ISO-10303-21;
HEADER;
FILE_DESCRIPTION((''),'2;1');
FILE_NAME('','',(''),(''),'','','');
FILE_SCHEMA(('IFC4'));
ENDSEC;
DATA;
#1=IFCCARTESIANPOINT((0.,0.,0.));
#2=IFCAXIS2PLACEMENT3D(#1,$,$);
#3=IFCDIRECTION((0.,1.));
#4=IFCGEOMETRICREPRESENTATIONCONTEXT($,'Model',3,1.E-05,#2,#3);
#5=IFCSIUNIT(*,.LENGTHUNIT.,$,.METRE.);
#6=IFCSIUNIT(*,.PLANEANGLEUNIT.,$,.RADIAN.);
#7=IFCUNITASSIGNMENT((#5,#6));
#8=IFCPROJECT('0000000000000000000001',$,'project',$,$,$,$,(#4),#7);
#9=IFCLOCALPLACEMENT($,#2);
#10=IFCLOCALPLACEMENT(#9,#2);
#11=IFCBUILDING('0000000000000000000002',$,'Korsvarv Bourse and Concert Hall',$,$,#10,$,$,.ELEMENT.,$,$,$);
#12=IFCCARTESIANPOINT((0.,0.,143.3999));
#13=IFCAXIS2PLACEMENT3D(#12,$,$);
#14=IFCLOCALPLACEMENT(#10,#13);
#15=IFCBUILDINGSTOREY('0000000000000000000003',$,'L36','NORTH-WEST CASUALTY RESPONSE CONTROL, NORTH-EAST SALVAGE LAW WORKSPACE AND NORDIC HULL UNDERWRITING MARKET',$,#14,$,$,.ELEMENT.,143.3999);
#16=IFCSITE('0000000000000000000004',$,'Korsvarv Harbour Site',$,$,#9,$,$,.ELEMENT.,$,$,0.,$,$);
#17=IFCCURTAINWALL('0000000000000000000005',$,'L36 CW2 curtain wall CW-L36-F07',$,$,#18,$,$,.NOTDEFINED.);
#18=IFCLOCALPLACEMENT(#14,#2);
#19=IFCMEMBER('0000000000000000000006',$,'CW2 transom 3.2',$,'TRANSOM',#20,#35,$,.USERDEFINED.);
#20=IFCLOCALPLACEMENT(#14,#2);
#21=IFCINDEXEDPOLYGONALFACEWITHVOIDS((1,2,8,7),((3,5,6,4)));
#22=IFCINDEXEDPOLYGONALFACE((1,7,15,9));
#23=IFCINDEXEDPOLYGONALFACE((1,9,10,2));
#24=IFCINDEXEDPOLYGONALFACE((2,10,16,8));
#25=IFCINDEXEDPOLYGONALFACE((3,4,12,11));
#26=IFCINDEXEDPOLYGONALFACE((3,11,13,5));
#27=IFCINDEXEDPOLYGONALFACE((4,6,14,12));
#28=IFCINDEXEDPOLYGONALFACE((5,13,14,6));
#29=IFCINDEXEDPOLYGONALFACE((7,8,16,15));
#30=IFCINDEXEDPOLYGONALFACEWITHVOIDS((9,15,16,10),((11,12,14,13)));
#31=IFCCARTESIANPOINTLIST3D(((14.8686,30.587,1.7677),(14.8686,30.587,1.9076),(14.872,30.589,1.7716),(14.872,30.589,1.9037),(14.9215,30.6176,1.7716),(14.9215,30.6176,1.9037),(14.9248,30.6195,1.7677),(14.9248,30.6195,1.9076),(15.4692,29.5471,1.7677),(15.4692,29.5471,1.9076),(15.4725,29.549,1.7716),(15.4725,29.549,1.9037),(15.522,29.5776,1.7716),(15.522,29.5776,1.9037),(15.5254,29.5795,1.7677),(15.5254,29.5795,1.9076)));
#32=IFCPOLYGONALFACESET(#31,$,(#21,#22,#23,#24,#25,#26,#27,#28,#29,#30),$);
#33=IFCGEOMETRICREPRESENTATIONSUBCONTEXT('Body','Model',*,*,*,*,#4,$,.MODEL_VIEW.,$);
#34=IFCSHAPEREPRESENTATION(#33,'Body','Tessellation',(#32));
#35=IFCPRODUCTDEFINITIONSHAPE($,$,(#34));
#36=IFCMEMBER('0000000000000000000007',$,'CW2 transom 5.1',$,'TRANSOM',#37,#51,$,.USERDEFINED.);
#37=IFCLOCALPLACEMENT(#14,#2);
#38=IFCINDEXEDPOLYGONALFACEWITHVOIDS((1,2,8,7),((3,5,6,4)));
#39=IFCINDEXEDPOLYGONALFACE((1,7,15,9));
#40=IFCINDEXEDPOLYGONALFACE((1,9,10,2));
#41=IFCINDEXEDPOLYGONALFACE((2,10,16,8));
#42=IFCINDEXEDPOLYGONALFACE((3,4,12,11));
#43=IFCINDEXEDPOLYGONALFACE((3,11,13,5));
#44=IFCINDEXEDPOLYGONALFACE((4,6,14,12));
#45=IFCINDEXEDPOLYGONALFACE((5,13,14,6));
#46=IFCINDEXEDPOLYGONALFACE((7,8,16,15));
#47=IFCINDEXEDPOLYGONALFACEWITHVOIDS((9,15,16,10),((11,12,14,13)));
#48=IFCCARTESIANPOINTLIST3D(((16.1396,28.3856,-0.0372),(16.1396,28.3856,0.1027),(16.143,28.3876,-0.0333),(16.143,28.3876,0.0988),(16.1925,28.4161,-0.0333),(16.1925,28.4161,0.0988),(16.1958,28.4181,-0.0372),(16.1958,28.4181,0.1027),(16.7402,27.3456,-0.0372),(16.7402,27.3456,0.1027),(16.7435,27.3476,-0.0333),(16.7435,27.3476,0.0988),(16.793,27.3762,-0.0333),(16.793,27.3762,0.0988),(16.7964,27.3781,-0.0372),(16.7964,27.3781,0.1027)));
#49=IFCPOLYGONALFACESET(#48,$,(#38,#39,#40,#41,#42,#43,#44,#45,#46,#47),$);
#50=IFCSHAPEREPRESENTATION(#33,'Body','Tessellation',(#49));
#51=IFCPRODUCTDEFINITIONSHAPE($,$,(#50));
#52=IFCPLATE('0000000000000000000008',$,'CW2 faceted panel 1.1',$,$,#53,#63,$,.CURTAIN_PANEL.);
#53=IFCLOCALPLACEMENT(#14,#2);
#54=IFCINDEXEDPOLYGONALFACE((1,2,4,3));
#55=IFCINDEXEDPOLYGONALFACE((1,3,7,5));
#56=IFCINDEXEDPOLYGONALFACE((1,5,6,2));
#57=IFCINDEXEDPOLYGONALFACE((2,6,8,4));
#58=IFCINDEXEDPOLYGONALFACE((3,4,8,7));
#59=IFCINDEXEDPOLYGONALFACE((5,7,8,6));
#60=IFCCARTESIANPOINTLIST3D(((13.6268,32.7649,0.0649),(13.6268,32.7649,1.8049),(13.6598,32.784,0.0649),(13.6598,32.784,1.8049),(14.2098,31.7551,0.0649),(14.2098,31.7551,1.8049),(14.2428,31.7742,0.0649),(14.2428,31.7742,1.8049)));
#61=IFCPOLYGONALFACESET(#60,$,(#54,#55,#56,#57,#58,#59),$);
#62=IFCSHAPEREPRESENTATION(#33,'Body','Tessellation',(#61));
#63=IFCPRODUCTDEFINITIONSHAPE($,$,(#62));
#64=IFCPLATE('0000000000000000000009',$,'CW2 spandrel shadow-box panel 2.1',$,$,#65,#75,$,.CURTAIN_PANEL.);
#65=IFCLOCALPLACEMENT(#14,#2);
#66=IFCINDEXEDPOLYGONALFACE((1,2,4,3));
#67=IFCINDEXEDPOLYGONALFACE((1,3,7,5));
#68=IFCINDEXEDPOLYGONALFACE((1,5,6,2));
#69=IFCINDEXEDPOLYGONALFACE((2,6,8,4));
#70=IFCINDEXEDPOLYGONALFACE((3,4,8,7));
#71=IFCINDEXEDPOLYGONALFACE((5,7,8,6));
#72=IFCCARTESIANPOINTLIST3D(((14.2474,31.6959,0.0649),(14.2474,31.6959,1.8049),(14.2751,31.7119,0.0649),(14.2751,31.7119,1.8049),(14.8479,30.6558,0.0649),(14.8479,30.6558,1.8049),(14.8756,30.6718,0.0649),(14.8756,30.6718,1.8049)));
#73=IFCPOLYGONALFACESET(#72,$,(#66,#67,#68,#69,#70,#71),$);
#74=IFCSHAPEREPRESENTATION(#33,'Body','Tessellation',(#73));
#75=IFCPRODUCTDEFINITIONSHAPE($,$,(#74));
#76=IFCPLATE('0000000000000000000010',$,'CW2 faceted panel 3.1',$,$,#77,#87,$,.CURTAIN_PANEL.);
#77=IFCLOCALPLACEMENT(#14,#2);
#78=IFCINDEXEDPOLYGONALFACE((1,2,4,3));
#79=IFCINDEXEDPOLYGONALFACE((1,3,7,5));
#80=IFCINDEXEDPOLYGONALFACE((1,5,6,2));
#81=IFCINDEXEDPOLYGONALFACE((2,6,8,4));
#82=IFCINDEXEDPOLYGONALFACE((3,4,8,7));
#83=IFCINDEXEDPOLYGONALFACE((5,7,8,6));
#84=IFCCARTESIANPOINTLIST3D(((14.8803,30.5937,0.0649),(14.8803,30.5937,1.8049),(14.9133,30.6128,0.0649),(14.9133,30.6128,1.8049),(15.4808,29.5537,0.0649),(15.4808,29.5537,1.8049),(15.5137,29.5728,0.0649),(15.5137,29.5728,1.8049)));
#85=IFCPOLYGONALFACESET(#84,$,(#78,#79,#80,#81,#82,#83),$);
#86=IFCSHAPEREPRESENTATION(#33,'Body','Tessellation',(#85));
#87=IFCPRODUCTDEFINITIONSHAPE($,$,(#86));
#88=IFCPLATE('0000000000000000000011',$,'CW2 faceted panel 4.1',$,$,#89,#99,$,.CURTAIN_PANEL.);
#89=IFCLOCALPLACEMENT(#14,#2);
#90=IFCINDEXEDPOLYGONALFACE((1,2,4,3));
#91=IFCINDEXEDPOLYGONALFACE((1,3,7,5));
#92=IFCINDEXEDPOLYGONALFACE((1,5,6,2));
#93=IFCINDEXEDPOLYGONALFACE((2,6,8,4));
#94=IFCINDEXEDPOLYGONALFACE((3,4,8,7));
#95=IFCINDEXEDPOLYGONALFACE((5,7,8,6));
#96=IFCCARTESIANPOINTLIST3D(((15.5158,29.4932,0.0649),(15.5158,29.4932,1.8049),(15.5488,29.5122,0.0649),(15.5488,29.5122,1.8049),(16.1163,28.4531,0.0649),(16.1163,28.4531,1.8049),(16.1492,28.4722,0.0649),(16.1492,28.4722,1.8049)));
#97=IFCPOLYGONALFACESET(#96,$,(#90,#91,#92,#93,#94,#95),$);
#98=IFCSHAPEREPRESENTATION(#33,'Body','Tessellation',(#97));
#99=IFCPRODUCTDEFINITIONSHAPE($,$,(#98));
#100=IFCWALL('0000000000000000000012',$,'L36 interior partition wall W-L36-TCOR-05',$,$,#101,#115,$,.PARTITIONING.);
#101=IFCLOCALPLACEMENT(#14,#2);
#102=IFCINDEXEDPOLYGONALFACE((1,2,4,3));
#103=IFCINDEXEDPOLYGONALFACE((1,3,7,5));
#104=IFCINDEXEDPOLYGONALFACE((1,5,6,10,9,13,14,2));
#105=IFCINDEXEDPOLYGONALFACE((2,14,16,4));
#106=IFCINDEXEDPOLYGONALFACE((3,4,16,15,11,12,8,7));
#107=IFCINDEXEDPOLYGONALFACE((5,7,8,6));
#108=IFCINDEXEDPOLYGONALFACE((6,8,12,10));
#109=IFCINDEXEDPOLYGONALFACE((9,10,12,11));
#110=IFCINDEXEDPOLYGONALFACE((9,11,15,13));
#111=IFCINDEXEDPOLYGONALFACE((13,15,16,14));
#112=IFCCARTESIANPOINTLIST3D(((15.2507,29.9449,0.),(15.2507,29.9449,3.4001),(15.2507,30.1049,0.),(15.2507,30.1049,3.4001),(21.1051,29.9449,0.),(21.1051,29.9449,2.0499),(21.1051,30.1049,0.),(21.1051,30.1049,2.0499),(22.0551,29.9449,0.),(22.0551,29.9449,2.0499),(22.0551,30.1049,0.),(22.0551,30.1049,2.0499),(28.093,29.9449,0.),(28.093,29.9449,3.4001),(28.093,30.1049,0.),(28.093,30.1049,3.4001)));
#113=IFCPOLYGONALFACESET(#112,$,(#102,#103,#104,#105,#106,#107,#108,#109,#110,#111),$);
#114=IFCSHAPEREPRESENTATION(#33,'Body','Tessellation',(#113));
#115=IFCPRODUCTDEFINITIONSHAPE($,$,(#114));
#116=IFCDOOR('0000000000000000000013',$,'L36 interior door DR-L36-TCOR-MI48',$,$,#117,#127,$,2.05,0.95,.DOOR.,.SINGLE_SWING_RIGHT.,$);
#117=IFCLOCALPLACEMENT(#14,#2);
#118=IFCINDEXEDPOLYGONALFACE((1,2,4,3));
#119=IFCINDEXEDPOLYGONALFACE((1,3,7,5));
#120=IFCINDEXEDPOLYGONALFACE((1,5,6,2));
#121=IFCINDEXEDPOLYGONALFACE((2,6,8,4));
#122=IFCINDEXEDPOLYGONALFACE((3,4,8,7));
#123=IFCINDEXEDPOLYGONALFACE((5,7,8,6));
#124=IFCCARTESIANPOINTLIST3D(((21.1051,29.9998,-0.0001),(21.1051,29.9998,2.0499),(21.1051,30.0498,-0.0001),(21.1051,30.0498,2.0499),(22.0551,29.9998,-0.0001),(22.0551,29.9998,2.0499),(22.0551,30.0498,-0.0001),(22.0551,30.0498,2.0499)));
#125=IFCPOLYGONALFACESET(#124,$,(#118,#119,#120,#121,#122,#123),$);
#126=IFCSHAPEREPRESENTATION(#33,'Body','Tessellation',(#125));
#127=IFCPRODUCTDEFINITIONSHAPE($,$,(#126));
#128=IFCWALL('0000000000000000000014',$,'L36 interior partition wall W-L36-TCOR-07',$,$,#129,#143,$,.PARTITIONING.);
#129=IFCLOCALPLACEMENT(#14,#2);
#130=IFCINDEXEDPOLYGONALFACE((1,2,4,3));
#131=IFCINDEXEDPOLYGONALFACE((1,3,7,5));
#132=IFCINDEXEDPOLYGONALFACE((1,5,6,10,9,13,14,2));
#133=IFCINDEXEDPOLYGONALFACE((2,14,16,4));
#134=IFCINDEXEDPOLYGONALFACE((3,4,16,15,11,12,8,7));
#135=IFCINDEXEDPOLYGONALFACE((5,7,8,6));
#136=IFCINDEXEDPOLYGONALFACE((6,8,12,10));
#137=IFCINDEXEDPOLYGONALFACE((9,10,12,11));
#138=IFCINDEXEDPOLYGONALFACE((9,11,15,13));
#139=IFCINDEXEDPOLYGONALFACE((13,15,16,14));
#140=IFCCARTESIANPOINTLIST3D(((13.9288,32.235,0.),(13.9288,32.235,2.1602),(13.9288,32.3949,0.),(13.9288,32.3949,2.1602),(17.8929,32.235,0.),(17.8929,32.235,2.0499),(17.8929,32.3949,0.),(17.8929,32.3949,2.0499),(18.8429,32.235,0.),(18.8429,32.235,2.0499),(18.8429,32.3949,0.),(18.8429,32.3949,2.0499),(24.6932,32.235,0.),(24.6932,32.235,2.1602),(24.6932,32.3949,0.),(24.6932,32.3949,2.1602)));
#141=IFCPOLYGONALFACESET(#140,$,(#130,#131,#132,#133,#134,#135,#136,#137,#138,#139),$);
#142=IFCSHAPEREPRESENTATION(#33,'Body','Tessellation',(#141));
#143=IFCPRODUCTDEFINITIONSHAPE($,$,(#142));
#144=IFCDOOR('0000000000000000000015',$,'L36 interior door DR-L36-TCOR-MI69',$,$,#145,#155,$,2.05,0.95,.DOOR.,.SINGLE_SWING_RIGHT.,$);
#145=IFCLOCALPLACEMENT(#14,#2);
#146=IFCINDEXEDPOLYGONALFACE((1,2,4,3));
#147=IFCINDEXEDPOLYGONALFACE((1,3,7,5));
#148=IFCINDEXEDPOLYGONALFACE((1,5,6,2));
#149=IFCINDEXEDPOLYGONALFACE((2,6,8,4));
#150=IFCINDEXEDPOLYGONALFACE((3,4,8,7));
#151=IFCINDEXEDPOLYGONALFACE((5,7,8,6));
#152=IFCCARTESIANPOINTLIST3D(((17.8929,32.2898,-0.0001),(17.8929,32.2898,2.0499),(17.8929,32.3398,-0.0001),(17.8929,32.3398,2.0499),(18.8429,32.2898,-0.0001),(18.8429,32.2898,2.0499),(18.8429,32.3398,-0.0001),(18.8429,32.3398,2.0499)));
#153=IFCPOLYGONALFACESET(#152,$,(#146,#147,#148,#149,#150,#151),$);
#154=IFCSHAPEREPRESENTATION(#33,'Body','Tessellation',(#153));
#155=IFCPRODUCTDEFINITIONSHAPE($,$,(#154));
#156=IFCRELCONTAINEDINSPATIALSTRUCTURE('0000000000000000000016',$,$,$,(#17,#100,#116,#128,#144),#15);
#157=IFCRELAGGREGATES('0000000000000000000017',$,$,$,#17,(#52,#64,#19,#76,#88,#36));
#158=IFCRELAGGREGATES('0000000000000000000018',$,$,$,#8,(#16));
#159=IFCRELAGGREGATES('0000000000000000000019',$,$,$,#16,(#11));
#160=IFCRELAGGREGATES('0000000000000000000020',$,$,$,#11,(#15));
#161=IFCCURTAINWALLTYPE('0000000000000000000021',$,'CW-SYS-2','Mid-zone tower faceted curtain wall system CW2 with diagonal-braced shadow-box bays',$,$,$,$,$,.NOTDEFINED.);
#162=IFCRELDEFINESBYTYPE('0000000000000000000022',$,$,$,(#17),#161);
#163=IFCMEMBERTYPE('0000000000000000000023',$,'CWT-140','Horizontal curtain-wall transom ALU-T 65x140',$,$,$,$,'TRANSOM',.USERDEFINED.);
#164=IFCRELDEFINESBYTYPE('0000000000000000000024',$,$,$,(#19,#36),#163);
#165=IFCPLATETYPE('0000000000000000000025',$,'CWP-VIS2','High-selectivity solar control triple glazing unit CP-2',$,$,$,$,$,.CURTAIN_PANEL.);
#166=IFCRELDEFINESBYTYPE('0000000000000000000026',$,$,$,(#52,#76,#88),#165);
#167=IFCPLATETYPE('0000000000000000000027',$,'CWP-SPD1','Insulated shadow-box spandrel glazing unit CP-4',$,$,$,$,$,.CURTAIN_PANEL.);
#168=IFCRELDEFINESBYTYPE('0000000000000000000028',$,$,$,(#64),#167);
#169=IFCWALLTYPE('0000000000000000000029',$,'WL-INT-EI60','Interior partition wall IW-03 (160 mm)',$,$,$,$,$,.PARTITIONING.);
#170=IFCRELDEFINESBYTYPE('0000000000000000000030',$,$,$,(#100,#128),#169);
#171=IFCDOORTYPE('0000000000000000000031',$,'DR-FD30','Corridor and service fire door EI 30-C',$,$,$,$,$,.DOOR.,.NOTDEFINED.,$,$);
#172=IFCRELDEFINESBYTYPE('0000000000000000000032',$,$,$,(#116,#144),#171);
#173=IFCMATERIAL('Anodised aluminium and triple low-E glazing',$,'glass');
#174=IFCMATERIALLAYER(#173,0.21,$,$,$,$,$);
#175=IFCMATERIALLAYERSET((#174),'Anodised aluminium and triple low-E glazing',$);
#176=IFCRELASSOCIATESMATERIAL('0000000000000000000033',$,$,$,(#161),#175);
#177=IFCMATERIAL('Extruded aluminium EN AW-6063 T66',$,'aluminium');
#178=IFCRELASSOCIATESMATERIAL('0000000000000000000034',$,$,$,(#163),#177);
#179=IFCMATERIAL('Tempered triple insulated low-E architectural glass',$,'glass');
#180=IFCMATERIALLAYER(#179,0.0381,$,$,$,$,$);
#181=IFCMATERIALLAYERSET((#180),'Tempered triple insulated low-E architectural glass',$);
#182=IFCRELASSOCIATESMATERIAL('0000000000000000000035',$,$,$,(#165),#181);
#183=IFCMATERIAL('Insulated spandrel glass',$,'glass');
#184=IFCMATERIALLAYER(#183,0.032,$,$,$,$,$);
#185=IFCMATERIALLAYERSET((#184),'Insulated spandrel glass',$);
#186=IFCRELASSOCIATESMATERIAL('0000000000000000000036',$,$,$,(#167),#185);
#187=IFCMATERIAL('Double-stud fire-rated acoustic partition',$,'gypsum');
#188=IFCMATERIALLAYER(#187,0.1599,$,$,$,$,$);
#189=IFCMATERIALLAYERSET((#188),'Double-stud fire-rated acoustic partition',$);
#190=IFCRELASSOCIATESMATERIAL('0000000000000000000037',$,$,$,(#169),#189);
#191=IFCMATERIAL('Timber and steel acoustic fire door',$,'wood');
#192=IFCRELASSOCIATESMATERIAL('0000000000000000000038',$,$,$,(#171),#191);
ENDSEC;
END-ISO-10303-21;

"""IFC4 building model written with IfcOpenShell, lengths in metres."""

from ifc_helpers import new_model, si_unit, direction, frame, frame_2d, origin, origin_2d, place, context, subcontext, project, spatial, rectangle, hollow_rectangle, extrude, source, transform, mapped, material, layer, layer_set, material_profile, profile_set, type_object, element, fill, aggregate, save


model = new_model("IFC4")

# Units and contexts
model_context = context("Model", 3, precision=1e-05, world=origin(), true_north=direction((0.0, 1.0)))
body_context = subcontext(model_context, "Body", "Model", "MODEL_VIEW")
ifc_project = project(units=[si_unit("LENGTHUNIT", "METRE"), si_unit("PLANEANGLEUNIT", "RADIAN")], contexts=[model_context])

# Site, building, storey
site_placement = place(None, origin())
site = spatial("IfcSite", under=ifc_project, at=site_placement, Name="Korsvarv Harbour Site", CompositionType="ELEMENT", RefElevation=0.0)
building_placement = place(site_placement, origin())
building = spatial("IfcBuilding", under=site, at=building_placement, Name="Korsvarv Bourse and Concert Hall", CompositionType="ELEMENT")
storey_placement = place(building_placement, frame((0.0, 0.0, 143.3999)))
storey = spatial("IfcBuildingStorey", under=building, at=storey_placement, Name="L36", Description="NORTH-WEST CASUALTY RESPONSE CONTROL, NORTH-EAST SALVAGE LAW WORKSPACE AND NORDIC HULL UNDERWRITING MARKET", CompositionType="ELEMENT", Elevation=143.3999)

# Curtain wall, members, plates
ifc_material_1 = material(Name="Anodised aluminium and triple low-E glazing", Category="glass")
ifc_layer_1 = layer(ifc_material_1, 0.21)
ifc_layer_set_1 = layer_set([ifc_layer_1], Name="Anodised aluminium and triple low-E glazing")
curtain_wall_type = type_object("IfcCurtainWallType", Name="CW-SYS-2", Description="Mid-zone tower faceted curtain wall system CW2 with diagonal-braced shadow-box bays", PredefinedType="NOTDEFINED", material=ifc_layer_set_1)
curtain_wall_placement = place(storey_placement, origin())
curtain_wall = element("IfcCurtainWall", 1, at=curtain_wall_placement, inside=storey, type_object=curtain_wall_type, Name="L36 CW2 curtain wall CW-L36-F07", PredefinedType="NOTDEFINED")
ifc_material_2 = material(Name="Extruded aluminium EN AW-6063 T66", Category="aluminium")
ifc_material_profile_1 = material_profile(ifc_material_2, hollow_rectangle(XDim=0.0649, YDim=0.1399, WallThickness=0.0039, at=origin_2d()), Name="ALU-T 65x140")
ifc_profile_set_1 = profile_set([ifc_material_profile_1], Name="Extruded aluminium EN AW-6063 T66")
member_type_1 = type_object("IfcMemberType", Name="CWT-140", Description="Horizontal curtain-wall transom ALU-T 65x140", ElementType="TRANSOM", PredefinedType="USERDEFINED", material=ifc_profile_set_1)
shared_shape_1 = source(origin(), body_context, "Body", "SweptSolid", [
    extrude(hollow_rectangle(XDim=0.0649, YDim=0.1399, WallThickness=0.0039, at=origin_2d()), origin(), (0.0, 0.0, 1.0), 1.2009),
])
member_1_placement = place(storey_placement, frame((14.8967, 30.6033, 1.8376), z_axis=(0.500074, -0.865982, 0.0), x_axis=(0.865982, 0.500074, 0.0)))
member_1 = element("IfcMember", 2, at=member_1_placement, type_object=member_type_1, Name="CW2 transom 3.2", ObjectType="TRANSOM", PredefinedType="USERDEFINED", context=body_context, shape_type="MappedRepresentation", body=[
    mapped(shared_shape_1, transform((0.0, 0.0, 0.0), scale=1.0)),
])
member_2_placement = place(storey_placement, frame((16.1677, 28.4019, 0.0327), z_axis=(0.500074, -0.865982, 0.0), x_axis=(0.865982, 0.500074, 0.0)))
member_2 = element("IfcMember", 3, at=member_2_placement, type_object=member_type_1, Name="CW2 transom 5.1", ObjectType="TRANSOM", PredefinedType="USERDEFINED", context=body_context, shape_type="MappedRepresentation", body=[
    mapped(shared_shape_1, transform((0.0, 0.0, 0.0), scale=1.0)),
])
ifc_material_3 = material(Name="Tempered triple insulated low-E architectural glass", Category="glass")
ifc_layer_2 = layer(ifc_material_3, 0.0381)
ifc_layer_set_2 = layer_set([ifc_layer_2], Name="Tempered triple insulated low-E architectural glass")
plate_type_1 = type_object("IfcPlateType", Name="CWP-VIS2", Description="High-selectivity solar control triple glazing unit CP-2", PredefinedType="CURTAIN_PANEL", material=ifc_layer_set_2)
shared_shape_2 = source(origin(), body_context, "Body", "SweptSolid", [
    extrude(rectangle(XDim=1.166, YDim=0.0381, at=origin_2d()), origin(), (0.0, 0.0, 1.0), 1.74),
])
plate_1_placement = place(storey_placement, frame((13.9348, 32.2695, 0.0649), z_axis=(0.0, 0.0, 1.0), x_axis=(0.5, -0.866025, 0.0)))
plate_1 = element("IfcPlate", 4, at=plate_1_placement, type_object=plate_type_1, Name="CW2 faceted panel 1.1", PredefinedType="CURTAIN_PANEL", context=body_context, shape_type="MappedRepresentation", body=[
    mapped(shared_shape_2, transform((0.0, 0.0, 0.0), scale=1.0)),
])
ifc_material_4 = material(Name="Insulated spandrel glass", Category="glass")
ifc_layer_3 = layer(ifc_material_4, 0.032)
ifc_layer_set_3 = layer_set([ifc_layer_3], Name="Insulated spandrel glass")
plate_type_2 = type_object("IfcPlateType", Name="CWP-SPD1", Description="Insulated shadow-box spandrel glazing unit CP-4", PredefinedType="CURTAIN_PANEL", material=ifc_layer_set_3)
shared_shape_3 = source(origin(), body_context, "Body", "SweptSolid", [
    extrude(rectangle(XDim=1.2009, YDim=0.032, at=origin_2d()), origin(), (0.0, 0.0, 1.0), 1.74),
])
plate_2_placement = place(storey_placement, frame((14.5615, 31.1838, 0.0649), z_axis=(0.0, 0.0, 1.0), x_axis=(0.5, -0.866025, 0.0)))
plate_2 = element("IfcPlate", 5, at=plate_2_placement, type_object=plate_type_2, Name="CW2 spandrel shadow-box panel 2.1", PredefinedType="CURTAIN_PANEL", context=body_context, shape_type="MappedRepresentation", body=[
    mapped(shared_shape_3, transform((0.0, 0.0, 0.0), scale=1.0)),
])
shared_shape_4 = source(origin(), body_context, "Body", "SweptSolid", [
    extrude(rectangle(XDim=1.2009, YDim=0.0381, at=origin_2d()), origin(), (0.0, 0.0, 1.0), 1.74),
])
plate_3_placement = place(storey_placement, frame((15.197, 30.0833, 0.0649), z_axis=(0.0, 0.0, 1.0), x_axis=(0.5, -0.866025, 0.0)))
plate_3 = element("IfcPlate", 6, at=plate_3_placement, type_object=plate_type_1, Name="CW2 faceted panel 3.1", PredefinedType="CURTAIN_PANEL", context=body_context, shape_type="MappedRepresentation", body=[
    mapped(shared_shape_4, transform((0.0, 0.0, 0.0), scale=1.0)),
])
plate_4_placement = place(storey_placement, frame((15.8325, 28.9827, 0.0649), z_axis=(0.0, 0.0, 1.0), x_axis=(0.5, -0.866025, 0.0)))
plate_4 = element("IfcPlate", 7, at=plate_4_placement, type_object=plate_type_1, Name="CW2 faceted panel 4.1", PredefinedType="CURTAIN_PANEL", context=body_context, shape_type="MappedRepresentation", body=[
    mapped(shared_shape_4, transform((0.0, 0.0, 0.0), scale=1.0)),
])
aggregate(curtain_wall, [plate_1, plate_2, member_1, plate_3, plate_4, member_2])

# Walls, openings, doors
ifc_material_5 = material(Name="Double-stud fire-rated acoustic partition", Category="gypsum")
ifc_layer_4 = layer(ifc_material_5, 0.1599)
ifc_layer_set_4 = layer_set([ifc_layer_4], Name="Double-stud fire-rated acoustic partition")
wall_type = type_object("IfcWallType", Name="WL-INT-EI60", Description="Interior partition wall IW-03 (160 mm)", PredefinedType="PARTITIONING", material=ifc_layer_set_4)
wall_1_placement = place(storey_placement, frame((15.2507, 30.0249, 0.0), z_axis=(0.0, 0.0, 1.0), x_axis=(1.0, 0.0, 0.0)))
wall_1 = element("IfcWall", 8, at=wall_1_placement, inside=storey, type_object=wall_type, Name="L36 interior partition wall W-L36-TCOR-05", PredefinedType="PARTITIONING", context=body_context, shape_type="SweptSolid", body=[
    extrude(rectangle(XDim=12.8423, YDim=0.1599, at=frame_2d((6.4211, 0.0))), origin(), (0.0, 0.0, 1.0), 3.4001),
])
opening_1_placement = place(wall_1_placement, frame((5.8542, 0.0, 0.0)))
opening_1 = element("IfcOpeningElement", 9, at=opening_1_placement, cuts=wall_1, PredefinedType="OPENING", context=body_context, shape_type="SweptSolid", body=[
    extrude(rectangle(XDim=0.95, YDim=2.05, at=frame_2d((0.4751, 1.0249))), frame((0.0, 0.0898, 0.0), z_axis=(0.0, -1.0, 0.0), x_axis=(1.0, 0.0, 0.0)), (0.0, 0.0, 1.0), 0.1799),
])
ifc_material_6 = material(Name="Timber and steel acoustic fire door", Category="wood")
door_type = type_object("IfcDoorType", Name="DR-FD30", Description="Corridor and service fire door EI 30-C", OperationType="NOTDEFINED", PredefinedType="DOOR", material=ifc_material_6)
door_1_placement = place(opening_1_placement, origin())
door_1 = element("IfcDoor", 10, at=door_1_placement, inside=storey, type_object=door_type, Name="L36 interior door DR-L36-TCOR-MI48", OperationType="SINGLE_SWING_RIGHT", OverallHeight=2.05, OverallWidth=0.95, PredefinedType="DOOR", context=body_context, shape_type="SweptSolid", body=[
    extrude(rectangle(XDim=0.95, YDim=2.05, at=frame_2d((0.4751, 1.0249))), frame((0.0, 0.0249, 0.0), z_axis=(0.0, -1.0, 0.0), x_axis=(1.0, 0.0, 0.0)), (0.0, 0.0, 1.0), 0.05),
])
fill(opening_1, door_1)
wall_2_placement = place(storey_placement, frame((13.9287, 32.3149, 0.0), z_axis=(0.0, 0.0, 1.0), x_axis=(1.0, 0.0, 0.0)))
wall_2 = element("IfcWall", 11, at=wall_2_placement, inside=storey, type_object=wall_type, Name="L36 interior partition wall W-L36-TCOR-07", PredefinedType="PARTITIONING", context=body_context, shape_type="SweptSolid", body=[
    extrude(rectangle(XDim=10.7644, YDim=0.1599, at=frame_2d((5.3823, 0.0))), origin(), (0.0, 0.0, 1.0), 2.1602),
])
opening_2_placement = place(wall_2_placement, frame((3.9641, 0.0, 0.0)))
opening_2 = element("IfcOpeningElement", 12, at=opening_2_placement, cuts=wall_2, PredefinedType="OPENING", context=body_context, shape_type="SweptSolid", body=[
    extrude(rectangle(XDim=0.95, YDim=2.05, at=frame_2d((0.4751, 1.0249))), frame((0.0, 0.0898, 0.0), z_axis=(0.0, -1.0, 0.0), x_axis=(1.0, 0.0, 0.0)), (0.0, 0.0, 1.0), 0.1799),
])
door_2_placement = place(opening_2_placement, origin())
door_2 = element("IfcDoor", 13, at=door_2_placement, inside=storey, type_object=door_type, Name="L36 interior door DR-L36-TCOR-MI69", OperationType="SINGLE_SWING_RIGHT", OverallHeight=2.05, OverallWidth=0.95, PredefinedType="DOOR", context=body_context, shape_type="SweptSolid", body=[
    extrude(rectangle(XDim=0.95, YDim=2.05, at=frame_2d((0.4751, 1.0249))), frame((0.0, 0.0249, 0.0), z_axis=(0.0, -1.0, 0.0), x_axis=(1.0, 0.0, 0.0)), (0.0, 0.0, 1.0), 0.05),
])
fill(opening_2, door_2)

save(model, "model.ifc")
